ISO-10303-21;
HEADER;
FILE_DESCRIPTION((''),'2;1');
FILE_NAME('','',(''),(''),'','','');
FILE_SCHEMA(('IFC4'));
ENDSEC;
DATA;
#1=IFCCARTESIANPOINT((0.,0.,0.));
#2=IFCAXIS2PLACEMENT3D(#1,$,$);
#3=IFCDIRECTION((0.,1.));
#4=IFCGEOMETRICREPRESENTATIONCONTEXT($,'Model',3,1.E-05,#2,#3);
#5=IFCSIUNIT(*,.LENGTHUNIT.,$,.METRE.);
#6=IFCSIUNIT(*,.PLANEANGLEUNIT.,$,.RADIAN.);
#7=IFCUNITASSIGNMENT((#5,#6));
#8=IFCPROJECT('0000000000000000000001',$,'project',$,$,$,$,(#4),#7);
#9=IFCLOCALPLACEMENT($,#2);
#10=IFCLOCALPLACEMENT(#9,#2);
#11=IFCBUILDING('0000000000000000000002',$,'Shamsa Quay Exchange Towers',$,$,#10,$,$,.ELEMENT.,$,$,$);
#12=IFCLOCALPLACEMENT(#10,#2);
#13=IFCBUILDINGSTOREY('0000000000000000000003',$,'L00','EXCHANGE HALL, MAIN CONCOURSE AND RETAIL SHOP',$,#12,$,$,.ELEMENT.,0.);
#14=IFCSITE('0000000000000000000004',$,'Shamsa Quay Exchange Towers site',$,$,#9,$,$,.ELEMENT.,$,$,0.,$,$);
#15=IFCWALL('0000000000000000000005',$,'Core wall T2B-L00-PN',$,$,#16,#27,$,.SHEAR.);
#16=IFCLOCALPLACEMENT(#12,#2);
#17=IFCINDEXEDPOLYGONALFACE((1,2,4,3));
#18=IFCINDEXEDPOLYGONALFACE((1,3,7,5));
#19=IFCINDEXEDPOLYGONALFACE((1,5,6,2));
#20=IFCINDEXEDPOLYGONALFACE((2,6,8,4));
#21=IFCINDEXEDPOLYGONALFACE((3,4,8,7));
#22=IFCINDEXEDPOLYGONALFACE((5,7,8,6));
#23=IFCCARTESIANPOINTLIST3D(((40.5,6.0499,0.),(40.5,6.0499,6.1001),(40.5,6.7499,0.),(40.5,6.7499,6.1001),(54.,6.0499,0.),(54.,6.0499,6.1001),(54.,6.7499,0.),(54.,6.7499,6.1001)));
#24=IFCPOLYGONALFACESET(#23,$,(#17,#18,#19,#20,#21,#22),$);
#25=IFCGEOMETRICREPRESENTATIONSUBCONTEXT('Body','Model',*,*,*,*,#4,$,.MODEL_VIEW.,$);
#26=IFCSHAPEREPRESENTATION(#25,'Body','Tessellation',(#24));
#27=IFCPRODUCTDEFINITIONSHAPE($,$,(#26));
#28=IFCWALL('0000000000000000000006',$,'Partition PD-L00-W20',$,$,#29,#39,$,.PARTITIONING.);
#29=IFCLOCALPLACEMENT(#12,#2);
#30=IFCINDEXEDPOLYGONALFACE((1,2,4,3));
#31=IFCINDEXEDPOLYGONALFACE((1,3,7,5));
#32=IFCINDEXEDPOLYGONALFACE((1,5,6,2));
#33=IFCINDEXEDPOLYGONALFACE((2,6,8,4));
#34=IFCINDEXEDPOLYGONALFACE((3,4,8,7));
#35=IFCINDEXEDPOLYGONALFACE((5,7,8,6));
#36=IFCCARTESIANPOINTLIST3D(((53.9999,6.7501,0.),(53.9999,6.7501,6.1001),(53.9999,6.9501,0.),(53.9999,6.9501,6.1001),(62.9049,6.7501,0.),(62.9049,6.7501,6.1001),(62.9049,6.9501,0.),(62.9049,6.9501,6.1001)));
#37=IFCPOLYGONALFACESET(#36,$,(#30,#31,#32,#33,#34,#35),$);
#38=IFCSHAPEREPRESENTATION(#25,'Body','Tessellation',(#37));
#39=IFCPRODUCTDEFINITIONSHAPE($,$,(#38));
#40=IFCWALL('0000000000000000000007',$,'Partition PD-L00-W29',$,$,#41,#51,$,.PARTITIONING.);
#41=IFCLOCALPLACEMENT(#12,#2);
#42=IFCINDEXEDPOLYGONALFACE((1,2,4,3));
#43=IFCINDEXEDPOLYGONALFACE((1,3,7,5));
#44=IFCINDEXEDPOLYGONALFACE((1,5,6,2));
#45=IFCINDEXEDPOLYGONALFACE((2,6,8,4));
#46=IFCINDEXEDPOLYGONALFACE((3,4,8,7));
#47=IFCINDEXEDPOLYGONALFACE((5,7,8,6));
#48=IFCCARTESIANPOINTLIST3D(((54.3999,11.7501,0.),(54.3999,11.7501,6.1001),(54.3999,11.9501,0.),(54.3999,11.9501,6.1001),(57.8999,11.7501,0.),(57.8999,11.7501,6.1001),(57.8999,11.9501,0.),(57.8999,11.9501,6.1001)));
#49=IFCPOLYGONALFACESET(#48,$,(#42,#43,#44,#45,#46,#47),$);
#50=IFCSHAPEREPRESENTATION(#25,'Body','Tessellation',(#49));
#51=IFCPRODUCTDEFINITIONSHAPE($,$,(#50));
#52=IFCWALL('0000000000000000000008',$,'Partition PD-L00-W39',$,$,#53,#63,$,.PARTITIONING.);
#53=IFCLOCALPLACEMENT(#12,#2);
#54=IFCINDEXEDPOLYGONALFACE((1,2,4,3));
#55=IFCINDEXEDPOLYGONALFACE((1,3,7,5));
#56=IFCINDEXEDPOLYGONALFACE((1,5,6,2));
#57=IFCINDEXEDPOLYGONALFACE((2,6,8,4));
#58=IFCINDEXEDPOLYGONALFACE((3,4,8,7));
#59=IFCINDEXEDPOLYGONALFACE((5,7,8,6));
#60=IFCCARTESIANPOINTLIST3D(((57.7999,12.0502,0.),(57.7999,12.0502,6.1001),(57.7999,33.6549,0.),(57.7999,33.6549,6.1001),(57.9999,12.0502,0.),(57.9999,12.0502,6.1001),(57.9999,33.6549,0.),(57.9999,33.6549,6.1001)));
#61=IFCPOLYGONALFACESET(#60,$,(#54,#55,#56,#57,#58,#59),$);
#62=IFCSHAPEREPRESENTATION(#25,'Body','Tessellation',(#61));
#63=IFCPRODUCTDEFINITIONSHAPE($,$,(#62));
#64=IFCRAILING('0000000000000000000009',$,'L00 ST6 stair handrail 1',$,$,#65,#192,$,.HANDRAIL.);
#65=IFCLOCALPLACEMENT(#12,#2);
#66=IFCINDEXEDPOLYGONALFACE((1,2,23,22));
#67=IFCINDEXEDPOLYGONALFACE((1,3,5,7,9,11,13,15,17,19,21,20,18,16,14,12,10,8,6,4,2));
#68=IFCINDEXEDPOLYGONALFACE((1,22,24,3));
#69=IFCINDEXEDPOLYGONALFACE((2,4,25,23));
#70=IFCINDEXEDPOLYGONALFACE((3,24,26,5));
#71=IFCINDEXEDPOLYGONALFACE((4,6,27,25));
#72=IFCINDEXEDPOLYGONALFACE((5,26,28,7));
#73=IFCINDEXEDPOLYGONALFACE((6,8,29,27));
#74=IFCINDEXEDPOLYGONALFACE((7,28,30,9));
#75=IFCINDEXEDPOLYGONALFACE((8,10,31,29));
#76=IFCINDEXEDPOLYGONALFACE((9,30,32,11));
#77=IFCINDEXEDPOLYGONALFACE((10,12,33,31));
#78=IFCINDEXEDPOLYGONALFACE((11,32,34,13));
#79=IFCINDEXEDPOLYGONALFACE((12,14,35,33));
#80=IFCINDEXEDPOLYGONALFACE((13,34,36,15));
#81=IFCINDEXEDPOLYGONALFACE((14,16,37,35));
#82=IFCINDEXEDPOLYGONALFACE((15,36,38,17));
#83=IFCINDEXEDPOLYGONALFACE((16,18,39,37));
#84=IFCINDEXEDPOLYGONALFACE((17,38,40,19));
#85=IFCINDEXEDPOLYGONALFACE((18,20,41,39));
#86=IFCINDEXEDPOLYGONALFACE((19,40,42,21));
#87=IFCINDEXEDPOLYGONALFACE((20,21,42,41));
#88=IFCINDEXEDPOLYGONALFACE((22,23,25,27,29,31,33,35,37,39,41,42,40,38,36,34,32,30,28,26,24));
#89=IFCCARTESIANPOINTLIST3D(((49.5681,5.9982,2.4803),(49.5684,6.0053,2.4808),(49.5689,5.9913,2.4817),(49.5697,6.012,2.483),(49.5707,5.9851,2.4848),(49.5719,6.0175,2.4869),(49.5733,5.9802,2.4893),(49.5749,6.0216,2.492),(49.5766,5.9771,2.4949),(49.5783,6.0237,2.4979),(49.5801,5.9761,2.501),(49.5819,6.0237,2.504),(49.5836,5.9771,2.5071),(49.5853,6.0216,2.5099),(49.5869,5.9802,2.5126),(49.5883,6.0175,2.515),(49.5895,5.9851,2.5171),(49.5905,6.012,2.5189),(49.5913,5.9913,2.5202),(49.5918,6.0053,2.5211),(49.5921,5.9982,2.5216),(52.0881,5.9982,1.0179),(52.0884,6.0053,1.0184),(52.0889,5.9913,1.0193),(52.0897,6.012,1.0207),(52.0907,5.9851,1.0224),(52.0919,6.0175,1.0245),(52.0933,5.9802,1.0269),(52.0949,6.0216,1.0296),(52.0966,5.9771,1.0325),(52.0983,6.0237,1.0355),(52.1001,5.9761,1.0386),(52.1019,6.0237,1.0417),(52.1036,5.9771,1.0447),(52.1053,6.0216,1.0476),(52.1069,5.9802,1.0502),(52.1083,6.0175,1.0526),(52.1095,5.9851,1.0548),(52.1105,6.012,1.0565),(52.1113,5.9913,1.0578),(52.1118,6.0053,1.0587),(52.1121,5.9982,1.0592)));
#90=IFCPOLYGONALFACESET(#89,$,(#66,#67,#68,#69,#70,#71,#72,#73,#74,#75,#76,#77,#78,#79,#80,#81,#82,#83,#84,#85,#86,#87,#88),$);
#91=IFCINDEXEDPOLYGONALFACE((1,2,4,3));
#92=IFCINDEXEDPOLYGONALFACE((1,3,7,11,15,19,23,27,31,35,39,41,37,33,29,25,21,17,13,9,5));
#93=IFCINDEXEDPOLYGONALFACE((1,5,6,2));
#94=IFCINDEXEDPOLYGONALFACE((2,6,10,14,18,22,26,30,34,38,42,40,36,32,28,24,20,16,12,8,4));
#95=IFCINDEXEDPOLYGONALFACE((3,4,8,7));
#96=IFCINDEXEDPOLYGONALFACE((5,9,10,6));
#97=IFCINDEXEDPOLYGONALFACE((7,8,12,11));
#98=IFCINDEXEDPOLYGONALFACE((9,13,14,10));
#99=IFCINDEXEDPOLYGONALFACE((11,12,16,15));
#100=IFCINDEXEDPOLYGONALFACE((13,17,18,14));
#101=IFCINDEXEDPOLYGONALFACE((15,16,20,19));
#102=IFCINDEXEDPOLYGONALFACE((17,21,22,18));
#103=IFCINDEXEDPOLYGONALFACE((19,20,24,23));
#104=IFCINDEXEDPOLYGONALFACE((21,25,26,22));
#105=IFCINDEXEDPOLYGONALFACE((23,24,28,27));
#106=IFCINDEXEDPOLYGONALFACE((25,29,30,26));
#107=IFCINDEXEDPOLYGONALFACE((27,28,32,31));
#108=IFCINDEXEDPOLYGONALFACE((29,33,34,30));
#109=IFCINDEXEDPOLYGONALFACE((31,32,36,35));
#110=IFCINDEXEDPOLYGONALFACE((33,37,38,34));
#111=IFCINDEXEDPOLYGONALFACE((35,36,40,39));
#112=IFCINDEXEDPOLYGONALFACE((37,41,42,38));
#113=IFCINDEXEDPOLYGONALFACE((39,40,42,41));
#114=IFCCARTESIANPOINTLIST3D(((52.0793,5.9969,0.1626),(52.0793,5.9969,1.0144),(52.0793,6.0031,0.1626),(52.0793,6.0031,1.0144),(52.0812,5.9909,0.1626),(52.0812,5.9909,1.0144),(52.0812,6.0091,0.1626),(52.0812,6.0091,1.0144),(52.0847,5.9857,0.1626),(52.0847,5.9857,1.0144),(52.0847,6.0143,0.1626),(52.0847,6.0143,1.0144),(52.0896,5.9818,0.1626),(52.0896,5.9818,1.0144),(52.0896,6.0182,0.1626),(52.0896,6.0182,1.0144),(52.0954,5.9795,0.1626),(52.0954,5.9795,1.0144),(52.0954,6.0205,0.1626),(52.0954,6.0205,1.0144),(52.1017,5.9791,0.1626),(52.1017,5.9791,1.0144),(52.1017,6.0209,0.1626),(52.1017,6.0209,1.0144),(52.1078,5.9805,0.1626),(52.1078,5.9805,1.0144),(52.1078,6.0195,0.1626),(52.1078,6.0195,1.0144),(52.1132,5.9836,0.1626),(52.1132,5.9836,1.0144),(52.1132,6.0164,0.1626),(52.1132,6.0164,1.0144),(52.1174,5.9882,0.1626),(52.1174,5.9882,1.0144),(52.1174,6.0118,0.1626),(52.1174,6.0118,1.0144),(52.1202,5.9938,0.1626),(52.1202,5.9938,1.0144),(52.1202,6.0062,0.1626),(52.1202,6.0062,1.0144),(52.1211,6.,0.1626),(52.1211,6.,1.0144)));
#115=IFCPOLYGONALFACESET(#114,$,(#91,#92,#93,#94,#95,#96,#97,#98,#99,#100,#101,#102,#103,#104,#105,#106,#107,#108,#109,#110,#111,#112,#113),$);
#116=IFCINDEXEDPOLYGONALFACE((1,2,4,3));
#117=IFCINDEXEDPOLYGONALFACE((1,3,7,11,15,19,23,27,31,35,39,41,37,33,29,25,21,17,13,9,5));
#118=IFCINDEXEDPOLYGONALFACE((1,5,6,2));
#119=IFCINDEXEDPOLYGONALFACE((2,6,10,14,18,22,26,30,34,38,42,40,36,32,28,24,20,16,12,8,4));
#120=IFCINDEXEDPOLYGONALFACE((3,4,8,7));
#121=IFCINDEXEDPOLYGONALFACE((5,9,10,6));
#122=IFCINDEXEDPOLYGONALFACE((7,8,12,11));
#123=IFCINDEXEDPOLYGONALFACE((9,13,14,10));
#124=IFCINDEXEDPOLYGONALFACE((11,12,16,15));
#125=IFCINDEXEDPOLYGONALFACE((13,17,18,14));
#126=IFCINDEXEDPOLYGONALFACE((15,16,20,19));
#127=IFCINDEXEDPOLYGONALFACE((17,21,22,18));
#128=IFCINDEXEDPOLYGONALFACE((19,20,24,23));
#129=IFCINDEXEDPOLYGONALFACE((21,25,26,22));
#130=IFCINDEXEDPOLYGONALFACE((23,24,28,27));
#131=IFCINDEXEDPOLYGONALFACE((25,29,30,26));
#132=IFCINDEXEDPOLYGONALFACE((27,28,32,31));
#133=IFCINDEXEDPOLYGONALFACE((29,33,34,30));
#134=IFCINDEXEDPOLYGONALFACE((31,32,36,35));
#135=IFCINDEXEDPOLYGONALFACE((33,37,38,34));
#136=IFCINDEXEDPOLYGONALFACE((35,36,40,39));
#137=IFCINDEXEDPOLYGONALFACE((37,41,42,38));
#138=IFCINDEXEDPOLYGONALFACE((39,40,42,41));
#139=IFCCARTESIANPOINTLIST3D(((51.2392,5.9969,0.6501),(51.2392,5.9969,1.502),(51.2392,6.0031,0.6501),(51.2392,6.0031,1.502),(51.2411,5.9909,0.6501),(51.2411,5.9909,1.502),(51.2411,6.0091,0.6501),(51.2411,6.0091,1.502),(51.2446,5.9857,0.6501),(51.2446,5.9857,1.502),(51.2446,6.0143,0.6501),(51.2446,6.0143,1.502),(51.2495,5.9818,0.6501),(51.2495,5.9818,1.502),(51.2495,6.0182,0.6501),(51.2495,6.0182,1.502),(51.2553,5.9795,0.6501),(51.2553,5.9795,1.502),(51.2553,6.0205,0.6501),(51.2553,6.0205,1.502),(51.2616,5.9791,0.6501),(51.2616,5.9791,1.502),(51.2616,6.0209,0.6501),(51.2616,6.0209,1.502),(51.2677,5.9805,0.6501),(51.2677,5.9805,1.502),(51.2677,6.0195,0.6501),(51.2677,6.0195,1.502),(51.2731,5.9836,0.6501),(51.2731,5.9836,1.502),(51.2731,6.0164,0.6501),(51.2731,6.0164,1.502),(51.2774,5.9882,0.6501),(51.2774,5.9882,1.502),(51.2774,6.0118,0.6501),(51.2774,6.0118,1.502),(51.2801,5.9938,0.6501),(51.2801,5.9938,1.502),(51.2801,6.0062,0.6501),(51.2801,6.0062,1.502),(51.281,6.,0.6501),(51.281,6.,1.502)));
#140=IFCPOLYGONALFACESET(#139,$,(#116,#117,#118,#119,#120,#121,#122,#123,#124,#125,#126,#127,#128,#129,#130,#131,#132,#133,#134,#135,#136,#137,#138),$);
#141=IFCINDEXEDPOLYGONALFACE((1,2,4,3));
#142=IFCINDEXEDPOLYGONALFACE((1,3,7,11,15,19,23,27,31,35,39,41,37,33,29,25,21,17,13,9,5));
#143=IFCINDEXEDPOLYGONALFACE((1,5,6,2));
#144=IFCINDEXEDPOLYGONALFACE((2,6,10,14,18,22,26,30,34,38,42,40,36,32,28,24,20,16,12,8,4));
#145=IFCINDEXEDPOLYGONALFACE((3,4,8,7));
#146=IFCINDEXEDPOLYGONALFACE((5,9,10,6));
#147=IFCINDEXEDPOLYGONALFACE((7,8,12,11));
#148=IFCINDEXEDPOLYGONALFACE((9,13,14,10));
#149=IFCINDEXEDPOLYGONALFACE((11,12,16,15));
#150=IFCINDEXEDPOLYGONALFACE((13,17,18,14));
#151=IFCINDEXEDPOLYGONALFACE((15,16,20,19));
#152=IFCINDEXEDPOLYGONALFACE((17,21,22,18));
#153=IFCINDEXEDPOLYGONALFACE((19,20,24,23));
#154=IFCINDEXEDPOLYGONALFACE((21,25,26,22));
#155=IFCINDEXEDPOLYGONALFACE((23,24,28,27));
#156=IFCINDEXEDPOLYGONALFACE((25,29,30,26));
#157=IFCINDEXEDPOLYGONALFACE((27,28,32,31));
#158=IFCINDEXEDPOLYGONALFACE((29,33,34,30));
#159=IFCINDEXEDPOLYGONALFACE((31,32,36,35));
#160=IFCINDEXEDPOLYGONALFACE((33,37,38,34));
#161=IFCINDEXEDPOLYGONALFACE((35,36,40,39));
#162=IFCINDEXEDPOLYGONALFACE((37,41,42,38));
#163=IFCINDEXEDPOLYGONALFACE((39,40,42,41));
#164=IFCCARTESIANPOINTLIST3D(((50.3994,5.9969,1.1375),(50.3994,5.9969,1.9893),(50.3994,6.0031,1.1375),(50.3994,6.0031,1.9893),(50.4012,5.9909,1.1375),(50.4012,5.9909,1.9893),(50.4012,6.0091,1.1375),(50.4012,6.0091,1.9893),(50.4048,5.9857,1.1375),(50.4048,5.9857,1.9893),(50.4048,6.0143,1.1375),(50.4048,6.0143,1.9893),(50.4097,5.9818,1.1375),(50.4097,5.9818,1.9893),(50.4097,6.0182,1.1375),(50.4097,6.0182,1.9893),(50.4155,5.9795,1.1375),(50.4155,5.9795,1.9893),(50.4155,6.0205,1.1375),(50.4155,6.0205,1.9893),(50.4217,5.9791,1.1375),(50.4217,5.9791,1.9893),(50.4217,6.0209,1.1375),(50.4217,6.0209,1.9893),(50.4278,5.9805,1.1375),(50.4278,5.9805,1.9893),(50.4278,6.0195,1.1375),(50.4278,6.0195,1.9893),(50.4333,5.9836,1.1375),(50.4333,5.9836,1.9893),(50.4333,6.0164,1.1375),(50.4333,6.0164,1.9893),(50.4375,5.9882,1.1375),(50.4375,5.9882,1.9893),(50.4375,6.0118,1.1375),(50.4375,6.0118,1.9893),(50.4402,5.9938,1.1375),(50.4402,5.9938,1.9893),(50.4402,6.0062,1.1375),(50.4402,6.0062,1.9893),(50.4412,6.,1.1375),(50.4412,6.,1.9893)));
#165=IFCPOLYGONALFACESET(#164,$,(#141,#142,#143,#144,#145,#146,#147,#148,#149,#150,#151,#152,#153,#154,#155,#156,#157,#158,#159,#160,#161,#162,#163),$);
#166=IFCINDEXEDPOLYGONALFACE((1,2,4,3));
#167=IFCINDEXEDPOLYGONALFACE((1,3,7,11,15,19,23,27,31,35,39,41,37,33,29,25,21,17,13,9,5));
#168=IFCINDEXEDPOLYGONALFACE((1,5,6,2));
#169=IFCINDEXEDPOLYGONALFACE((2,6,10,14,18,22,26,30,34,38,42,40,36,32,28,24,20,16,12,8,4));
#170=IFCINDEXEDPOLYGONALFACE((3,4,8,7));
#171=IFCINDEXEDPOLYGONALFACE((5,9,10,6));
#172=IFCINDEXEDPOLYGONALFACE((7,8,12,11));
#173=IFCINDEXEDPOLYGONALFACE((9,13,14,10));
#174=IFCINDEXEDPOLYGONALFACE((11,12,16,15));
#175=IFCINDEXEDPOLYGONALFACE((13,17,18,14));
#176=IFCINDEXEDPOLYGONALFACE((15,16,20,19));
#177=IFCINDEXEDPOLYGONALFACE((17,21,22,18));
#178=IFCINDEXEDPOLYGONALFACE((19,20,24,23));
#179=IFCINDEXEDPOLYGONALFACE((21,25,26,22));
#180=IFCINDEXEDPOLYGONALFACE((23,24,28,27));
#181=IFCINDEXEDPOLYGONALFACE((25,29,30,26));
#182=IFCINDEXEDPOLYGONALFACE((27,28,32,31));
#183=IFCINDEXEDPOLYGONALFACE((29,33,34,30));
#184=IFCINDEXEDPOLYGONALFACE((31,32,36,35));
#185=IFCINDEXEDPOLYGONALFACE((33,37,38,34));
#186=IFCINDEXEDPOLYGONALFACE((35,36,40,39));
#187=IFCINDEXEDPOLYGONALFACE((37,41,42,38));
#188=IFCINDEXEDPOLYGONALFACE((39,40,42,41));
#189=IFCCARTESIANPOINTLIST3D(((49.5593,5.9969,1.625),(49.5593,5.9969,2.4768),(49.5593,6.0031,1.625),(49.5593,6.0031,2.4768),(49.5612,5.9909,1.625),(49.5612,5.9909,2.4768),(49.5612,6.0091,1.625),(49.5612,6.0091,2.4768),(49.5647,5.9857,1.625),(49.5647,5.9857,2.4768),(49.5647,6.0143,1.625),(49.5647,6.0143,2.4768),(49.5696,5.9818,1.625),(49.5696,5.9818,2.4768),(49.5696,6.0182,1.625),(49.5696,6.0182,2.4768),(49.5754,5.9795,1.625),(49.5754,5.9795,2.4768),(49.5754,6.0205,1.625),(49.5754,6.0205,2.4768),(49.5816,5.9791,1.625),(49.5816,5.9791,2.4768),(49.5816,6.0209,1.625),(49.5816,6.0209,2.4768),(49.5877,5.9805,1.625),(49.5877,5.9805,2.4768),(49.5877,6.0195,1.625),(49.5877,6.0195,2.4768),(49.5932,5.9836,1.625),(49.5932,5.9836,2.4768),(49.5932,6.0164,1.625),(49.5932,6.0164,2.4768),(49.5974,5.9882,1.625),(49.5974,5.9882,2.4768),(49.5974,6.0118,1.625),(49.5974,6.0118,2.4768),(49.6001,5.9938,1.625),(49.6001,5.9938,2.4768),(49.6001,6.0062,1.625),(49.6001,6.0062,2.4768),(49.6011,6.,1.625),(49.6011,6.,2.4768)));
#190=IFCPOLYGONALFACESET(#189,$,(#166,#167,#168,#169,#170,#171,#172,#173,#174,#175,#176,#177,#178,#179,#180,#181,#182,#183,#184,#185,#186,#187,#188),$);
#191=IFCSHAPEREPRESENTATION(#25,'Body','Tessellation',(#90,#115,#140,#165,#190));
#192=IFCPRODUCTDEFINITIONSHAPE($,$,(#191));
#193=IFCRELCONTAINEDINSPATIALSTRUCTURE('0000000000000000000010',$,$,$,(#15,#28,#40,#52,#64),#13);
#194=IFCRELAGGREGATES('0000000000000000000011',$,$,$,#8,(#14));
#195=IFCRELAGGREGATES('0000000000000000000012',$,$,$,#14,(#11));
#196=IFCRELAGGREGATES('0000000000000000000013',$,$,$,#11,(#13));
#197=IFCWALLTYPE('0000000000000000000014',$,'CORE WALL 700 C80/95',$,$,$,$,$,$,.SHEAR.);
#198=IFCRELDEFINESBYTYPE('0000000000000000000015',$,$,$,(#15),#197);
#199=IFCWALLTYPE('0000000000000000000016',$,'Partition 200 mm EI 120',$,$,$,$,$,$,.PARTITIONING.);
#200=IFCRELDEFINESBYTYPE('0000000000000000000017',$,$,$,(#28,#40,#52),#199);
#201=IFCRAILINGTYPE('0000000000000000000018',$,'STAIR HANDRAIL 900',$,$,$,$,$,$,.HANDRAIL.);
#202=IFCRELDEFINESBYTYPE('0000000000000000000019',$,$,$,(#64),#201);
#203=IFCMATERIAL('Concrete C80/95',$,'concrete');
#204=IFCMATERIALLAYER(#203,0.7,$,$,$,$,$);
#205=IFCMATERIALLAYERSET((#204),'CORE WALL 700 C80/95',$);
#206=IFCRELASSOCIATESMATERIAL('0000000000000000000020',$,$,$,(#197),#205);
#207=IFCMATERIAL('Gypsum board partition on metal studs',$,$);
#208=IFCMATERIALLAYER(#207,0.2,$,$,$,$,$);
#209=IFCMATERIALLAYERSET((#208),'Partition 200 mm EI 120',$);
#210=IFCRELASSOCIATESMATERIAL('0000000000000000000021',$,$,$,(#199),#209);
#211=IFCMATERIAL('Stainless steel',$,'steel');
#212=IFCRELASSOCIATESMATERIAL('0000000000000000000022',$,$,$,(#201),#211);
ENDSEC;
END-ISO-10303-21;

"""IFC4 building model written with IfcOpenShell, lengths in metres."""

from ifc_helpers import new_model, si_unit, direction, frame, frame_2d, origin, origin_2d, place, context, subcontext, project, spatial, rectangle, circle, extrude, material, layer, layer_set, type_object, element, save


model = new_model("IFC4")

# Units and contexts
model_context = context("Model", 3, precision=1e-05, world=origin(), true_north=direction((0.0, 1.0)))
body_context = subcontext(model_context, "Body", "Model", "MODEL_VIEW")
ifc_project = project(units=[si_unit("LENGTHUNIT", "METRE"), si_unit("PLANEANGLEUNIT", "RADIAN")], contexts=[model_context])

# Site, building, storey
site_placement = place(None, origin())
site = spatial("IfcSite", under=ifc_project, at=site_placement, Name="Shamsa Quay Exchange Towers site", CompositionType="ELEMENT", RefElevation=0.0)
building_placement = place(site_placement, origin())
building = spatial("IfcBuilding", under=site, at=building_placement, Name="Shamsa Quay Exchange Towers", CompositionType="ELEMENT")
storey_placement = place(building_placement, origin())
storey = spatial("IfcBuildingStorey", under=building, at=storey_placement, Name="L00", Description="EXCHANGE HALL, MAIN CONCOURSE AND RETAIL SHOP", CompositionType="ELEMENT", Elevation=0.0)

# Wall
ifc_material_1 = material(Name="Concrete C80/95", Category="concrete")
ifc_layer_1 = layer(ifc_material_1, 0.7)
ifc_layer_set_1 = layer_set([ifc_layer_1], Name="CORE WALL 700 C80/95")
wall_type_1 = type_object("IfcWallType", Name="CORE WALL 700 C80/95", PredefinedType="SHEAR", material=ifc_layer_set_1)
wall_1_placement = place(storey_placement, frame((54.0, 6.3999, 0.0), z_axis=(0.0, 0.0, 1.0), x_axis=(-1.0, 0.0, 0.0)))
element("IfcWall", 1, at=wall_1_placement, inside=storey, type_object=wall_type_1, Name="Core wall T2B-L00-PN", PredefinedType="SHEAR", context=body_context, shape_type="SweptSolid", body=[
    extrude(rectangle(XDim=13.5, YDim=0.7, at=frame_2d((6.75, 0.0))), origin(), (0.0, 0.0, 1.0), 6.1001),
])

# Walls
ifc_material_2 = material(Name="Gypsum board partition on metal studs")
ifc_layer_2 = layer(ifc_material_2, 0.2)
ifc_layer_set_2 = layer_set([ifc_layer_2], Name="Partition 200 mm EI 120")
wall_type_2 = type_object("IfcWallType", Name="Partition 200 mm EI 120", PredefinedType="PARTITIONING", material=ifc_layer_set_2)
wall_2_placement = place(storey_placement, frame((62.905, 6.8501, 0.0), z_axis=(0.0, 0.0, 1.0), x_axis=(-1.0, 0.0, 0.0)))
element("IfcWall", 2, at=wall_2_placement, inside=storey, type_object=wall_type_2, Name="Partition PD-L00-W20", PredefinedType="PARTITIONING", context=body_context, shape_type="SweptSolid", body=[
    extrude(rectangle(XDim=8.905, YDim=0.2, at=frame_2d((4.4526, 0.0))), origin(), (0.0, 0.0, 1.0), 6.1001),
])
wall_3_placement = place(storey_placement, frame((54.3999, 11.8501, 0.0)))
element("IfcWall", 3, at=wall_3_placement, inside=storey, type_object=wall_type_2, Name="Partition PD-L00-W29", PredefinedType="PARTITIONING", context=body_context, shape_type="SweptSolid", body=[
    extrude(rectangle(XDim=3.5, YDim=0.2, at=frame_2d((1.75, 0.0))), origin(), (0.0, 0.0, 1.0), 6.1001),
])
wall_4_placement = place(storey_placement, frame((57.8999, 12.0503, 0.0), z_axis=(0.0, 0.0, 1.0), x_axis=(0.0, 1.0, 0.0)))
element("IfcWall", 4, at=wall_4_placement, inside=storey, type_object=wall_type_2, Name="Partition PD-L00-W39", PredefinedType="PARTITIONING", context=body_context, shape_type="SweptSolid", body=[
    extrude(rectangle(XDim=21.6047, YDim=0.2, at=frame_2d((10.8022, 0.0))), origin(), (0.0, 0.0, 1.0), 6.1001),
])

# Railing
ifc_material_3 = material(Name="Stainless steel", Category="steel")
railing_type = type_object("IfcRailingType", Name="STAIR HANDRAIL 900", PredefinedType="HANDRAIL", material=ifc_material_3)
for number, where, name in (
    (5, (52.1001, 6.0, 0.1626), "L00 ST6 stair handrail 1"),
):
    element("IfcRailing", number, at=place(storey_placement, frame(where)), inside=storey, type_object=railing_type, Name=name, PredefinedType="HANDRAIL", context=body_context, shape_type="SweptSolid", body=[
        extrude(circle(Radius=0.0239, at=origin_2d()), frame((0.0, 0.0, 0.876), z_axis=(-0.864913, 0.0, 0.501921), x_axis=(0.0, -1.0, 0.0)), (0.0, 0.0, 1.0), 2.9136),
        extrude(circle(Radius=0.021, at=origin_2d()), origin(), (0.0, 0.0, 1.0), 0.8518),
        extrude(circle(Radius=0.021, at=origin_2d()), frame((-0.8401, 0.0, 0.4875)), (0.0, 0.0, 1.0), 0.8518),
        extrude(circle(Radius=0.021, at=origin_2d()), frame((-1.6799, 0.0, 0.9749)), (0.0, 0.0, 1.0), 0.8518),
        extrude(circle(Radius=0.021, at=origin_2d()), frame((-2.52, 0.0, 1.4624)), (0.0, 0.0, 1.0), 0.8518),
    ])

save(model, "model.ifc")
